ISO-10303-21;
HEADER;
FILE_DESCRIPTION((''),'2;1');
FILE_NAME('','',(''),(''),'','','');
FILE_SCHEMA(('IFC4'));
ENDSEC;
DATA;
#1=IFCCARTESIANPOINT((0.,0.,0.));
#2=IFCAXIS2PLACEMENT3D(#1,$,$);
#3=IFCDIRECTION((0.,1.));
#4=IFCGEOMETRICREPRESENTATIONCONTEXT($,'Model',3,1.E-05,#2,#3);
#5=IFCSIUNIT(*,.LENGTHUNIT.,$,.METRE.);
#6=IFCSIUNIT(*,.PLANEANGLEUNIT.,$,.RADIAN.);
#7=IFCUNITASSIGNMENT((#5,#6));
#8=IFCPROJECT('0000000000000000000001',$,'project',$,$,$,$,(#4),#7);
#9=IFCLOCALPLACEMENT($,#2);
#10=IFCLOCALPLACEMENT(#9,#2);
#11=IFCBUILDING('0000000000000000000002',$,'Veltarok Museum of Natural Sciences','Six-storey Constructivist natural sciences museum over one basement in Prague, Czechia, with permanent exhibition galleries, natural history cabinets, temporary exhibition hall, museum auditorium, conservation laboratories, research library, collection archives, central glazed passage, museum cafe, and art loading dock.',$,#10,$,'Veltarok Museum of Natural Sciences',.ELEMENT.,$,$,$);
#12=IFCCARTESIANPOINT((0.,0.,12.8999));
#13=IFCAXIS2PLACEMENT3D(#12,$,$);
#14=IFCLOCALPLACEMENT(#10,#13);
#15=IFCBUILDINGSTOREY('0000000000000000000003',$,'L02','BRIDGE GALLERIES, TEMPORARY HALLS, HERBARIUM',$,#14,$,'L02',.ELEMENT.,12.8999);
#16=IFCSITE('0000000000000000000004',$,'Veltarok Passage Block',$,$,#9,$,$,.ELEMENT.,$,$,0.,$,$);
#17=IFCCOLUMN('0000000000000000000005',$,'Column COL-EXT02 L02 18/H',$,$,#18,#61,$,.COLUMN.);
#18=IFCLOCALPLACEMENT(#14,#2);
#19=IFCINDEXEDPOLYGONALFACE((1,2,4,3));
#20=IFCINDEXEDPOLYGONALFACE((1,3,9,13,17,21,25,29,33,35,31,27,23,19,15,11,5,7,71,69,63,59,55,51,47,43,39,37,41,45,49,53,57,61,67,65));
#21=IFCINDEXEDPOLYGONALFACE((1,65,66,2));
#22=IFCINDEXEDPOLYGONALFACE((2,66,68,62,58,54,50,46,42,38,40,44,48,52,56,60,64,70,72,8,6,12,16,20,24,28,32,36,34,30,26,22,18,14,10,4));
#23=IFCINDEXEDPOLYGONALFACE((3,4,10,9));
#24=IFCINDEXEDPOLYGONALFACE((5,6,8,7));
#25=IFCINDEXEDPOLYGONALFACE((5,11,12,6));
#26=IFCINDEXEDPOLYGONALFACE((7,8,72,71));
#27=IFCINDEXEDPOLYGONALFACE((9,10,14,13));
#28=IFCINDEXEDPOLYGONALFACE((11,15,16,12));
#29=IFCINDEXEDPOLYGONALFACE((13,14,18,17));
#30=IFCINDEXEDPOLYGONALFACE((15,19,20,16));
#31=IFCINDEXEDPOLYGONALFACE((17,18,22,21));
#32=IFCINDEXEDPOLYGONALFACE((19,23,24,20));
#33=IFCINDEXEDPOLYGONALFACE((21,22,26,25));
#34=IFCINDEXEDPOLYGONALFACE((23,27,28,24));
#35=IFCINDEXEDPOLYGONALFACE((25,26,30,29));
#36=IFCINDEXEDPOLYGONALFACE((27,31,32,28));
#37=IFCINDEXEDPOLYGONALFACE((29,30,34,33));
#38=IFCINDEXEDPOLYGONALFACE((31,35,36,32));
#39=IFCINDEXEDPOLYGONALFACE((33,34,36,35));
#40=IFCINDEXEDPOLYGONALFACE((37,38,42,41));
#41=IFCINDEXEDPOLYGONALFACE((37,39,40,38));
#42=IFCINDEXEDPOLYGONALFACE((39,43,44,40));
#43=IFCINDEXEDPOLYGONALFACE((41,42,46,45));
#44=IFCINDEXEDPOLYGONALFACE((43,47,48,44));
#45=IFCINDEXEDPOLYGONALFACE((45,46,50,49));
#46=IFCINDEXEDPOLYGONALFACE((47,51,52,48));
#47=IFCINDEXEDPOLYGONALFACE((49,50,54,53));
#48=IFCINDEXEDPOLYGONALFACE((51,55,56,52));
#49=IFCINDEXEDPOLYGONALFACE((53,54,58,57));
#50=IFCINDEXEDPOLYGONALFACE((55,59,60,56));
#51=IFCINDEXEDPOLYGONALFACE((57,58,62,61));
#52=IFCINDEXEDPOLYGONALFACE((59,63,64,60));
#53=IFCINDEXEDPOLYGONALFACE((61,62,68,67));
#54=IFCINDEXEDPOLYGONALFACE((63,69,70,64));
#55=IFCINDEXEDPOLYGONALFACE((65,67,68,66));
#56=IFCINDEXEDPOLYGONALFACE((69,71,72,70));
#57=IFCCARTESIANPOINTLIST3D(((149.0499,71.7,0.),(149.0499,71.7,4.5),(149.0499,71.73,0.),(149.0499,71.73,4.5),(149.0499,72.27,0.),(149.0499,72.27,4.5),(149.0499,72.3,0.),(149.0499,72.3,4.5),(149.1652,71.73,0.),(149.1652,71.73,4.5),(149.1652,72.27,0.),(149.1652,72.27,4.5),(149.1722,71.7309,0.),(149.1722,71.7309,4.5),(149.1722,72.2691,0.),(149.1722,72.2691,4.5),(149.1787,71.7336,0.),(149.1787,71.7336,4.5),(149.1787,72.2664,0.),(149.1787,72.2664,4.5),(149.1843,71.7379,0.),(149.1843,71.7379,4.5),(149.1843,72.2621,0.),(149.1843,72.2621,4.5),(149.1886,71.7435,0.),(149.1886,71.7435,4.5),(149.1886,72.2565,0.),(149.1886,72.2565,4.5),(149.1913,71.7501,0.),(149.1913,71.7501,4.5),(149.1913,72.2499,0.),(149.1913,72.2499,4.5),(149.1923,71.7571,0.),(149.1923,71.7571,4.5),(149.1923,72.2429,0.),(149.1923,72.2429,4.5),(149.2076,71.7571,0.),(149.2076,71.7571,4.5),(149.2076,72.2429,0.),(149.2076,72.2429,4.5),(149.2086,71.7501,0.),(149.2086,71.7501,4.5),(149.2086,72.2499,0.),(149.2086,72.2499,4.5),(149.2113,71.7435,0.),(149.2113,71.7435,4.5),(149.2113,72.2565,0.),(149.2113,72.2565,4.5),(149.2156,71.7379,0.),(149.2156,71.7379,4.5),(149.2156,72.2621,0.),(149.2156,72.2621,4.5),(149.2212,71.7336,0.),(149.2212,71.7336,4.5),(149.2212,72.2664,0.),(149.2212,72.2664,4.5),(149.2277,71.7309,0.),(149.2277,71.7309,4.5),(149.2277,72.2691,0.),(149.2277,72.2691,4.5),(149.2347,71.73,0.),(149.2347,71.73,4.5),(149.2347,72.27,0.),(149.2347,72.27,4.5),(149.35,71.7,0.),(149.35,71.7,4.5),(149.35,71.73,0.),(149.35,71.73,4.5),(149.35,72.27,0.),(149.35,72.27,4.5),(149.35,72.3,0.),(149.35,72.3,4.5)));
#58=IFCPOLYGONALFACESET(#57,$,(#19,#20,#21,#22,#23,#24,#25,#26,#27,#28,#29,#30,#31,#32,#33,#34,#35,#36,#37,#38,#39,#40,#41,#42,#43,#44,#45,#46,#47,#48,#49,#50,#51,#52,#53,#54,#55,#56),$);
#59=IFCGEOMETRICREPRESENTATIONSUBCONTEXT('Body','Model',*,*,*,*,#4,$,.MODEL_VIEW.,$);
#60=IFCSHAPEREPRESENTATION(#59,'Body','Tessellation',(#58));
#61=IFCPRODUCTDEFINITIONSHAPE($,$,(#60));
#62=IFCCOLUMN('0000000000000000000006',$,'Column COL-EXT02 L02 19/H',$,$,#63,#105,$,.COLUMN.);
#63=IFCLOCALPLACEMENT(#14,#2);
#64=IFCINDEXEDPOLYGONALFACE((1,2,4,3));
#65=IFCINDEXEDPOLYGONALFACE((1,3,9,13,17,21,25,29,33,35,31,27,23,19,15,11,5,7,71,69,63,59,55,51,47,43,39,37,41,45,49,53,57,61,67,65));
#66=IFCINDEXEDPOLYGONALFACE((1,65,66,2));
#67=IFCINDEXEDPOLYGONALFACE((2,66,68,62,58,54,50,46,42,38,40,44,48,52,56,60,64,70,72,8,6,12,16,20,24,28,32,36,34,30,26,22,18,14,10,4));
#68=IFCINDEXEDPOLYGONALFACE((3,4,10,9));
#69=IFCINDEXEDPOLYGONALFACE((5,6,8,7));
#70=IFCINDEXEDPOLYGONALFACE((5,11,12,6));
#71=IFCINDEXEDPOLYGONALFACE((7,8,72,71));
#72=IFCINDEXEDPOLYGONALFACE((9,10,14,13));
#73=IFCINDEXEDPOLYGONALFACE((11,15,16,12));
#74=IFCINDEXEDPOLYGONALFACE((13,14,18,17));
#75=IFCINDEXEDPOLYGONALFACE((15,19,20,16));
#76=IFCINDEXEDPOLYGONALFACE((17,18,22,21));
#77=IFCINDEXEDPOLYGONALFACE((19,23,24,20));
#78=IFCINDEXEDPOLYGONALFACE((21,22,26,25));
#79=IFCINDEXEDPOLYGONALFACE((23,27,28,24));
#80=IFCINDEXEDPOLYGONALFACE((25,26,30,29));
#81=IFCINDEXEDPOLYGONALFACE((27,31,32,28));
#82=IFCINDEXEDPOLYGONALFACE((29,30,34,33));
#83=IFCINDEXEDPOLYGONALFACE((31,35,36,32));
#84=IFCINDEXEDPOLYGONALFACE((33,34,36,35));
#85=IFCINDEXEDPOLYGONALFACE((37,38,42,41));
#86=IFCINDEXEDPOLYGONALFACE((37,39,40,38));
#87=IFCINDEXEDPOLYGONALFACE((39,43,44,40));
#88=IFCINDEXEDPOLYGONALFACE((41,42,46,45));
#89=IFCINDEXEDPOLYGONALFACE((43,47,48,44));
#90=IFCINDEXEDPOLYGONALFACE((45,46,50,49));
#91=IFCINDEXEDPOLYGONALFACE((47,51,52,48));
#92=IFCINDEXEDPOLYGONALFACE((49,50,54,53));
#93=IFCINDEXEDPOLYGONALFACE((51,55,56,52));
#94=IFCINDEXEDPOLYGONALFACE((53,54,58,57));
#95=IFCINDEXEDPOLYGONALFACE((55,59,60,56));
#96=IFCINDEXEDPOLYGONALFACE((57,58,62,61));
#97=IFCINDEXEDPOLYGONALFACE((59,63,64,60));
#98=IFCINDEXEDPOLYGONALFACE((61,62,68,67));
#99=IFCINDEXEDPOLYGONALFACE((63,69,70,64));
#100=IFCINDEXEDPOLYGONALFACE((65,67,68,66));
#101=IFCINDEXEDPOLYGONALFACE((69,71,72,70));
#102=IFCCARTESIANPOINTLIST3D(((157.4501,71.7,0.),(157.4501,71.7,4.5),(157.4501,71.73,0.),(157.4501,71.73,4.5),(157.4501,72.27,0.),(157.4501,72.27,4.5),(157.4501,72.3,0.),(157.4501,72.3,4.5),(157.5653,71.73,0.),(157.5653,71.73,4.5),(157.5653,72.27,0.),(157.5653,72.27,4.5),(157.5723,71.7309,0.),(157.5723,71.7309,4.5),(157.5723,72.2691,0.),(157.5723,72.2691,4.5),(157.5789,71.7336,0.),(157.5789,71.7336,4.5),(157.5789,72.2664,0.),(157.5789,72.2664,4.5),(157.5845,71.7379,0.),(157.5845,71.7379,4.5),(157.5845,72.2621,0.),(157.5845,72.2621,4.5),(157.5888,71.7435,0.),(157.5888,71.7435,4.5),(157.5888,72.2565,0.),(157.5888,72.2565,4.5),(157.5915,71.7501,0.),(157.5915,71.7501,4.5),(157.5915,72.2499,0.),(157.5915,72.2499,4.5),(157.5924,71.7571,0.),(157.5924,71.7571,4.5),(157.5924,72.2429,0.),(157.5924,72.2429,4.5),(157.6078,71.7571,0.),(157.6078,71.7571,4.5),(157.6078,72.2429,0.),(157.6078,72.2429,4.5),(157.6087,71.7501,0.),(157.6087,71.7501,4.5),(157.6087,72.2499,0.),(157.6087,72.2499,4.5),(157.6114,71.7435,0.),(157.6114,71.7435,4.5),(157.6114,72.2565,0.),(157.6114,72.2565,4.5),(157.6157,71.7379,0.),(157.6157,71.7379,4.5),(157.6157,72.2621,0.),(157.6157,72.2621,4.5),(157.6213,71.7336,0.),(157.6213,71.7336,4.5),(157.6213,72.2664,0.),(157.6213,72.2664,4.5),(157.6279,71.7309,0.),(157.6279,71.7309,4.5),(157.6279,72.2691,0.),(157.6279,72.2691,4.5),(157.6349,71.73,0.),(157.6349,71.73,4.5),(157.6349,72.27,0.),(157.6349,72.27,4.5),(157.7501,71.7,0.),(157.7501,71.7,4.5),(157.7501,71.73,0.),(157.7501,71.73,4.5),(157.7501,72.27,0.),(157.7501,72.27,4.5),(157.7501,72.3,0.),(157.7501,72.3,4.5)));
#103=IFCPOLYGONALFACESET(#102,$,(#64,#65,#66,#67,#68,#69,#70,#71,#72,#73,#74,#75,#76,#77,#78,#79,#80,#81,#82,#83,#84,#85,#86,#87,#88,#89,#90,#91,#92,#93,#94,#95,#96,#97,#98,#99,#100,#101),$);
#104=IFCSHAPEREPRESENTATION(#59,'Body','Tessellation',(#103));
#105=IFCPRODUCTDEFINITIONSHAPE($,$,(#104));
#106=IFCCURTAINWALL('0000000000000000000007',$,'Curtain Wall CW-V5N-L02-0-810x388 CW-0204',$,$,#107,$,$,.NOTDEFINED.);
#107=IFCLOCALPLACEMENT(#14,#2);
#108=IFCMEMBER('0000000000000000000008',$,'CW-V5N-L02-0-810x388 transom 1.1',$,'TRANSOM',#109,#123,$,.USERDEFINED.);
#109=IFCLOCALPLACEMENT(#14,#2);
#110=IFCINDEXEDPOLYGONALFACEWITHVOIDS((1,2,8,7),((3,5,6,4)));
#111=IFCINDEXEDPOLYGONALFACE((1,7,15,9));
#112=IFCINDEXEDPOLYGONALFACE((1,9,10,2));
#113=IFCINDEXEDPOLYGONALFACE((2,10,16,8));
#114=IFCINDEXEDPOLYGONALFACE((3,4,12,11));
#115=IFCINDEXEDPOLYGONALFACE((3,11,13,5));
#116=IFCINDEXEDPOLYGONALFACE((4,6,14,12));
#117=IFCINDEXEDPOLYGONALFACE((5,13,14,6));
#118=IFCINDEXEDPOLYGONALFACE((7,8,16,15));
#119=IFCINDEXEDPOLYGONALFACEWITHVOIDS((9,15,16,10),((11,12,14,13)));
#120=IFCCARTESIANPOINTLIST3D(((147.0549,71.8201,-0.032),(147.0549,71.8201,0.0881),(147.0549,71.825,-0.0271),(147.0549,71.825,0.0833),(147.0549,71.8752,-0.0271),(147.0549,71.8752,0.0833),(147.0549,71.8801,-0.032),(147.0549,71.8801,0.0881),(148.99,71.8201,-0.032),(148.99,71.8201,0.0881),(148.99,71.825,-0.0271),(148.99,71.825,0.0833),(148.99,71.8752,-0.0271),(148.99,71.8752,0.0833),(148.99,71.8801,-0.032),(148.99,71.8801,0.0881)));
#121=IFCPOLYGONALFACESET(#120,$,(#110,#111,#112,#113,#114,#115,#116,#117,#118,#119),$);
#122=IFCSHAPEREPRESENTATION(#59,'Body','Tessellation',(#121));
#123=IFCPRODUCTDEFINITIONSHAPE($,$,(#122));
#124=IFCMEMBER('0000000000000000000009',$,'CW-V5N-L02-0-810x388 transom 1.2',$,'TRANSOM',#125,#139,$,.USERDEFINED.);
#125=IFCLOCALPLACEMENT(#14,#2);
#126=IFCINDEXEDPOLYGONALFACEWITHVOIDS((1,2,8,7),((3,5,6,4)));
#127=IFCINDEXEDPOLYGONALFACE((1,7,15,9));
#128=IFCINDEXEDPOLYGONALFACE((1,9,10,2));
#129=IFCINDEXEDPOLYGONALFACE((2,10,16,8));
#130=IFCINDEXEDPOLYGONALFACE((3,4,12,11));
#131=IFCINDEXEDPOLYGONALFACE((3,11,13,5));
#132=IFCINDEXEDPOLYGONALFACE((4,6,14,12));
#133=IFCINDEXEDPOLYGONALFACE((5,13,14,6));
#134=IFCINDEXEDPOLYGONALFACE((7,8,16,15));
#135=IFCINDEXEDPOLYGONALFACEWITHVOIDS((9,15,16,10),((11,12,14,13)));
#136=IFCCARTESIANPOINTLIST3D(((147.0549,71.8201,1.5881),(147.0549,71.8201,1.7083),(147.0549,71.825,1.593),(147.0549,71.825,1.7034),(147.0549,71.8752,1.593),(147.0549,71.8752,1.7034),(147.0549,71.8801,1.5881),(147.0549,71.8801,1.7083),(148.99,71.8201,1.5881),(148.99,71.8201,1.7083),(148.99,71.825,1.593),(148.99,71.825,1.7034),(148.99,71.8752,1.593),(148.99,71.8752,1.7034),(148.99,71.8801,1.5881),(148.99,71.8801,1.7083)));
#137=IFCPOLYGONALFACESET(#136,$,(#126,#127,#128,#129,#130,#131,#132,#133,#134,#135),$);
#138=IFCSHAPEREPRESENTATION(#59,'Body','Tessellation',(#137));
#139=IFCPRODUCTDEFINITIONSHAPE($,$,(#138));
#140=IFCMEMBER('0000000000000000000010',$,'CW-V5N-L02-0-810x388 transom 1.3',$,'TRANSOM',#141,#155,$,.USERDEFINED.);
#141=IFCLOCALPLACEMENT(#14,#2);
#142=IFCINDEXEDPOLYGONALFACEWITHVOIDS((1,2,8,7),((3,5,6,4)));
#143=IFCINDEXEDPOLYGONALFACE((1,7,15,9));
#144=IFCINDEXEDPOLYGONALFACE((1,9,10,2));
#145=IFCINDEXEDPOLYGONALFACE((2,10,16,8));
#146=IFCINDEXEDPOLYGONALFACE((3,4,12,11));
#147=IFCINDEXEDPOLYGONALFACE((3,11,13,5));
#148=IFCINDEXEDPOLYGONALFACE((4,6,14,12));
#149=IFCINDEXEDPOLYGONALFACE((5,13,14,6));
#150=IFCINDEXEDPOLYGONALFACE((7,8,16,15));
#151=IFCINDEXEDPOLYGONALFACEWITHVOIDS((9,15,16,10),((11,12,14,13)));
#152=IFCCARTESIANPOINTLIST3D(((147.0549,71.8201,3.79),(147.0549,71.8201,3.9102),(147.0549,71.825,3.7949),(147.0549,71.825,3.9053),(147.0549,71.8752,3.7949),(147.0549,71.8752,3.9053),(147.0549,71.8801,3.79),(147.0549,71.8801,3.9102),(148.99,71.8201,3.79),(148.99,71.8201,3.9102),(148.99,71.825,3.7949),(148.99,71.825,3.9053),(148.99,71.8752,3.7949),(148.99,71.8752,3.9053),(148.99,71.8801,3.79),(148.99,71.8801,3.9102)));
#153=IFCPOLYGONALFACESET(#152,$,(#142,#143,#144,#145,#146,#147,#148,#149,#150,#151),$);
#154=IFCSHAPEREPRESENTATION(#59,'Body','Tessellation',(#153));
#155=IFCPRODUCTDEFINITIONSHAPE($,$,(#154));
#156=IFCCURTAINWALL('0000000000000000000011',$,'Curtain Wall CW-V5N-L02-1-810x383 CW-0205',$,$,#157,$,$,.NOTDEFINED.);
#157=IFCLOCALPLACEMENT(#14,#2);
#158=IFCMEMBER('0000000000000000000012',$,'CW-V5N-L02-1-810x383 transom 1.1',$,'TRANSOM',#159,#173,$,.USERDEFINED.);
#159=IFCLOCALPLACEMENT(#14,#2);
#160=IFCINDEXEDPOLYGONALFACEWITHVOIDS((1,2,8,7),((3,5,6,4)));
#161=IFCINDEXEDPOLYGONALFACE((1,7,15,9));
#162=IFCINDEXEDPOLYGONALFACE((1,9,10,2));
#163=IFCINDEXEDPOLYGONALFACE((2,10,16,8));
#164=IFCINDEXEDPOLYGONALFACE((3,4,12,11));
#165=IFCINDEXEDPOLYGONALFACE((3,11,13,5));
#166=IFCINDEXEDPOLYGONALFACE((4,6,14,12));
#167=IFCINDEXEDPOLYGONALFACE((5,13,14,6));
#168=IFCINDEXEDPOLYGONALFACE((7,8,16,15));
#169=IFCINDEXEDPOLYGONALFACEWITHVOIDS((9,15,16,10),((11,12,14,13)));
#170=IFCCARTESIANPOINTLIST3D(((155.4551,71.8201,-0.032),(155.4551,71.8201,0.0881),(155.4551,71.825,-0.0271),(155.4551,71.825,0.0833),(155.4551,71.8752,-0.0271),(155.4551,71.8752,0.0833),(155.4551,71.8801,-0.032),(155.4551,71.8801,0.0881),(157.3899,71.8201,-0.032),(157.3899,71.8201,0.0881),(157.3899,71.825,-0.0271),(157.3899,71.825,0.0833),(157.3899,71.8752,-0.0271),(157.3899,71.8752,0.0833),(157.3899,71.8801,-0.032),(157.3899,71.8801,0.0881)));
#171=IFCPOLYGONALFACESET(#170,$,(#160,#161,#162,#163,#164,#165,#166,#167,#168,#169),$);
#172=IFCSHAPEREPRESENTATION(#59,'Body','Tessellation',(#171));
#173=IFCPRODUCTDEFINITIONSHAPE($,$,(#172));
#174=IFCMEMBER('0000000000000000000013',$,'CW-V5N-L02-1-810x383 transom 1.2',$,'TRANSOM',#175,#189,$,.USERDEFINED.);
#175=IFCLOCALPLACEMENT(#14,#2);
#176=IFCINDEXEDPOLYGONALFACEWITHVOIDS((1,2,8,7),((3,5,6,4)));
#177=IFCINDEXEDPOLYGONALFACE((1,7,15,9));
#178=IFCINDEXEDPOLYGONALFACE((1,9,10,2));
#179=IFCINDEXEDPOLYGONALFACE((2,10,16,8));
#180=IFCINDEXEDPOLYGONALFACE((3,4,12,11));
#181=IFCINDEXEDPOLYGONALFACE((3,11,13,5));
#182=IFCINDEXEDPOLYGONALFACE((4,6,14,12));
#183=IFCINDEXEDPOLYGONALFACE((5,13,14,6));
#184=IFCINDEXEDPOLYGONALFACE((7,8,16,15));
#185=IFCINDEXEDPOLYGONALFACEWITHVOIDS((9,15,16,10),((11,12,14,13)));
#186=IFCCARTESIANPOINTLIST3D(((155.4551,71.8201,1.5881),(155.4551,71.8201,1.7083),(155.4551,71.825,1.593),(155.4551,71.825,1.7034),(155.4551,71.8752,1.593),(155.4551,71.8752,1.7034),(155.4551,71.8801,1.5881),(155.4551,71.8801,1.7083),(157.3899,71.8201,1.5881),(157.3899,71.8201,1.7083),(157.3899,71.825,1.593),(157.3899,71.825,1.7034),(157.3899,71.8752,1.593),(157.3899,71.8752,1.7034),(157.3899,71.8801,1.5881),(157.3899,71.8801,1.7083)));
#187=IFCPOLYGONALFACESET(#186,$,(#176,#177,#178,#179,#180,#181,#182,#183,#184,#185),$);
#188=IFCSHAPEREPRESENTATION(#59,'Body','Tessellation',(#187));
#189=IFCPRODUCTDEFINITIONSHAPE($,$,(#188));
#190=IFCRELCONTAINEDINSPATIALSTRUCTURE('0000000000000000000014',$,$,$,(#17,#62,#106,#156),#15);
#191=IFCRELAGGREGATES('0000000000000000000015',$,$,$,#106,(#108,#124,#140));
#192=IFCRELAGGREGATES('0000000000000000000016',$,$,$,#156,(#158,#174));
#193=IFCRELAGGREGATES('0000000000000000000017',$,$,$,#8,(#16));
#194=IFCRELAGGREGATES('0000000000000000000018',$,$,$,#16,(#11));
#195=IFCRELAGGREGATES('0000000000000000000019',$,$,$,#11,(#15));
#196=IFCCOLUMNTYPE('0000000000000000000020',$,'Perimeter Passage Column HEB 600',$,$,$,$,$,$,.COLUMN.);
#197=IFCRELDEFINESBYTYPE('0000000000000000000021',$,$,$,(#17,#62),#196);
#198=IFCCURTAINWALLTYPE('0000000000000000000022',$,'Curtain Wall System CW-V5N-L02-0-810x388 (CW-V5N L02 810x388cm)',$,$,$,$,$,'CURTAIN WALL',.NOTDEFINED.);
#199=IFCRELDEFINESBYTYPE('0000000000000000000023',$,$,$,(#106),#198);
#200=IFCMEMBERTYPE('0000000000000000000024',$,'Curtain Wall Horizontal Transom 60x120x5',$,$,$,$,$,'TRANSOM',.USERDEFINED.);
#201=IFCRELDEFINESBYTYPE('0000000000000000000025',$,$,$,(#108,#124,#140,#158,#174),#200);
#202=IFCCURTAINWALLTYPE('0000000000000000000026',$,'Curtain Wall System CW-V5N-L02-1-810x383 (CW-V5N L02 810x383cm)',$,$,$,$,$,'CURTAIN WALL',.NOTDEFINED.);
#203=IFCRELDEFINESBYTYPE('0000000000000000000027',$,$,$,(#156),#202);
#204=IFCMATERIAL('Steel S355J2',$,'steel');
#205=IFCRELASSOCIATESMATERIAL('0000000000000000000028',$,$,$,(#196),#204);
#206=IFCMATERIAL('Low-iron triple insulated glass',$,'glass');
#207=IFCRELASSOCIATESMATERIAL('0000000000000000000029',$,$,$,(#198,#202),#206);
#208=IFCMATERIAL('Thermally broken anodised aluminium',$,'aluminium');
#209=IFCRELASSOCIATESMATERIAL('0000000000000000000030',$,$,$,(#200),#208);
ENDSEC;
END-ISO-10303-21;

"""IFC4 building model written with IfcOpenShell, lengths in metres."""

from ifc_helpers import new_model, si_unit, direction, frame, origin, origin_2d, place, context, subcontext, project, spatial, hollow_rectangle, i_section, extrude, material, material_profile, profile_set, type_object, element, aggregate, save


model = new_model("IFC4")

# Units and contexts
model_context = context("Model", 3, precision=1e-05, world=origin(), true_north=direction((0.0, 1.0)))
body_context = subcontext(model_context, "Body", "Model", "MODEL_VIEW")
ifc_project = project(units=[si_unit("LENGTHUNIT", "METRE"), si_unit("PLANEANGLEUNIT", "RADIAN")], contexts=[model_context])

# Site, building, storey
site_placement = place(None, origin())
site = spatial("IfcSite", under=ifc_project, at=site_placement, Name="Veltarok Passage Block", CompositionType="ELEMENT", RefElevation=0.0)
building_placement = place(site_placement, origin())
building = spatial("IfcBuilding", under=site, at=building_placement, Name="Veltarok Museum of Natural Sciences", Description="Six-storey Constructivist natural sciences museum over one basement in Prague, Czechia, with permanent exhibition galleries, natural history cabinets, temporary exhibition hall, museum auditorium, conservation laboratories, research library, collection archives, central glazed passage, museum cafe, and art loading dock.", LongName="Veltarok Museum of Natural Sciences", CompositionType="ELEMENT")
storey_placement = place(building_placement, frame((0.0, 0.0, 12.8999)))
storey = spatial("IfcBuildingStorey", under=building, at=storey_placement, Name="L02", Description="BRIDGE GALLERIES, TEMPORARY HALLS, HERBARIUM", LongName="L02", CompositionType="ELEMENT", Elevation=12.8999)

# Columns
ifc_material_1 = material(Name="Steel S355J2", Category="steel")
ifc_material_profile_1 = material_profile(ifc_material_1, i_section(OverallWidth=0.3, OverallDepth=0.6001, WebThickness=0.0154, FlangeThickness=0.03, FilletRadius=0.0271, at=origin_2d()), Name="HEB 600")
ifc_profile_set_1 = profile_set([ifc_material_profile_1], Name="Steel S355J2")
column_type = type_object("IfcColumnType", Name="Perimeter Passage Column HEB 600", PredefinedType="COLUMN", material=ifc_profile_set_1)
for number, where, z_axis, x_axis, name in (
    (1, (149.2, 72.0, 0.0), (0.0, 0.0, 1.0), (1.0, 0.0, 0.0), "Column COL-EXT02 L02 18/H"),
    (2, (157.6001, 72.0, 0.0), (0.0, 0.0, 1.0), (1.0, 0.0, 0.0), "Column COL-EXT02 L02 19/H"),
):
    element("IfcColumn", number, at=place(storey_placement, frame(where, z_axis=z_axis, x_axis=x_axis)), inside=storey, type_object=column_type, Name=name, PredefinedType="COLUMN", context=body_context, shape_type="SweptSolid", body=[
        extrude(i_section(OverallWidth=0.3, OverallDepth=0.6001, WebThickness=0.0154, FlangeThickness=0.03, FilletRadius=0.0271, at=origin_2d()), origin(), (0.0, 0.0, 1.0), 4.5),
    ])

# Curtain walls, members
ifc_material_2 = material(Name="Low-iron triple insulated glass", Category="glass")
curtain_wall_type_1 = type_object("IfcCurtainWallType", Name="Curtain Wall System CW-V5N-L02-0-810x388 (CW-V5N L02 810x388cm)", ElementType="CURTAIN WALL", PredefinedType="NOTDEFINED", material=ifc_material_2)
curtain_wall_1_placement = place(storey_placement, origin())
curtain_wall_1 = element("IfcCurtainWall", 3, at=curtain_wall_1_placement, inside=storey, type_object=curtain_wall_type_1, Name="Curtain Wall CW-V5N-L02-0-810x388 CW-0204", PredefinedType="NOTDEFINED")
ifc_material_3 = material(Name="Thermally broken anodised aluminium", Category="aluminium")
ifc_material_profile_2 = material_profile(ifc_material_3, hollow_rectangle(XDim=0.0601, YDim=0.1201, WallThickness=0.0049, at=origin_2d()), Name="CW TRANSOM 60x120x5")
ifc_profile_set_2 = profile_set([ifc_material_profile_2], Name="Thermally broken anodised aluminium")
member_type_1 = type_object("IfcMemberType", Name="Curtain Wall Horizontal Transom 60x120x5", ElementType="TRANSOM", PredefinedType="USERDEFINED", material=ifc_profile_set_2)
member_1_placement = place(storey_placement, frame((148.99, 71.8501, 0.0281), z_axis=(-1.0, 0.0, 0.0), x_axis=(0.0, -1.0, 0.0)))
member_1 = element("IfcMember", 4, at=member_1_placement, type_object=member_type_1, Name="CW-V5N-L02-0-810x388 transom 1.1", ObjectType="TRANSOM", PredefinedType="USERDEFINED", context=body_context, shape_type="SweptSolid", body=[
    extrude(hollow_rectangle(XDim=0.0601, YDim=0.1201, WallThickness=0.0049, at=origin_2d()), origin(), (0.0, 0.0, 1.0), 1.9351),
])
member_2_placement = place(storey_placement, frame((148.99, 71.8501, 1.6482), z_axis=(-1.0, 0.0, 0.0), x_axis=(0.0, -1.0, 0.0)))
member_2 = element("IfcMember", 5, at=member_2_placement, type_object=member_type_1, Name="CW-V5N-L02-0-810x388 transom 1.2", ObjectType="TRANSOM", PredefinedType="USERDEFINED", context=body_context, shape_type="SweptSolid", body=[
    extrude(hollow_rectangle(XDim=0.0601, YDim=0.1201, WallThickness=0.0049, at=origin_2d()), origin(), (0.0, 0.0, 1.0), 1.9351),
])
member_3_placement = place(storey_placement, frame((148.99, 71.8501, 3.8501), z_axis=(-1.0, 0.0, 0.0), x_axis=(0.0, -1.0, 0.0)))
member_3 = element("IfcMember", 6, at=member_3_placement, type_object=member_type_1, Name="CW-V5N-L02-0-810x388 transom 1.3", ObjectType="TRANSOM", PredefinedType="USERDEFINED", context=body_context, shape_type="SweptSolid", body=[
    extrude(hollow_rectangle(XDim=0.0601, YDim=0.1201, WallThickness=0.0049, at=origin_2d()), origin(), (0.0, 0.0, 1.0), 1.9351),
])
curtain_wall_type_2 = type_object("IfcCurtainWallType", Name="Curtain Wall System CW-V5N-L02-1-810x383 (CW-V5N L02 810x383cm)", ElementType="CURTAIN WALL", PredefinedType="NOTDEFINED", material=ifc_material_2)
curtain_wall_2_placement = place(storey_placement, origin())
curtain_wall_2 = element("IfcCurtainWall", 7, at=curtain_wall_2_placement, inside=storey, type_object=curtain_wall_type_2, Name="Curtain Wall CW-V5N-L02-1-810x383 CW-0205", PredefinedType="NOTDEFINED")
member_4_placement = place(storey_placement, frame((157.3899, 71.8501, 0.0281), z_axis=(-1.0, 0.0, 0.0), x_axis=(0.0, -1.0, 0.0)))
member_4 = element("IfcMember", 8, at=member_4_placement, type_object=member_type_1, Name="CW-V5N-L02-1-810x383 transom 1.1", ObjectType="TRANSOM", PredefinedType="USERDEFINED", context=body_context, shape_type="SweptSolid", body=[
    extrude(hollow_rectangle(XDim=0.0601, YDim=0.1201, WallThickness=0.0049, at=origin_2d()), origin(), (0.0, 0.0, 1.0), 1.9348),
])
member_5_placement = place(storey_placement, frame((157.3899, 71.8501, 1.6482), z_axis=(-1.0, 0.0, 0.0), x_axis=(0.0, -1.0, 0.0)))
member_5 = element("IfcMember", 9, at=member_5_placement, type_object=member_type_1, Name="CW-V5N-L02-1-810x383 transom 1.2", ObjectType="TRANSOM", PredefinedType="USERDEFINED", context=body_context, shape_type="SweptSolid", body=[
    extrude(hollow_rectangle(XDim=0.0601, YDim=0.1201, WallThickness=0.0049, at=origin_2d()), origin(), (0.0, 0.0, 1.0), 1.9348),
])

aggregate(curtain_wall_1, [member_1, member_2, member_3])
aggregate(curtain_wall_2, [member_4, member_5])

save(model, "model.ifc")
